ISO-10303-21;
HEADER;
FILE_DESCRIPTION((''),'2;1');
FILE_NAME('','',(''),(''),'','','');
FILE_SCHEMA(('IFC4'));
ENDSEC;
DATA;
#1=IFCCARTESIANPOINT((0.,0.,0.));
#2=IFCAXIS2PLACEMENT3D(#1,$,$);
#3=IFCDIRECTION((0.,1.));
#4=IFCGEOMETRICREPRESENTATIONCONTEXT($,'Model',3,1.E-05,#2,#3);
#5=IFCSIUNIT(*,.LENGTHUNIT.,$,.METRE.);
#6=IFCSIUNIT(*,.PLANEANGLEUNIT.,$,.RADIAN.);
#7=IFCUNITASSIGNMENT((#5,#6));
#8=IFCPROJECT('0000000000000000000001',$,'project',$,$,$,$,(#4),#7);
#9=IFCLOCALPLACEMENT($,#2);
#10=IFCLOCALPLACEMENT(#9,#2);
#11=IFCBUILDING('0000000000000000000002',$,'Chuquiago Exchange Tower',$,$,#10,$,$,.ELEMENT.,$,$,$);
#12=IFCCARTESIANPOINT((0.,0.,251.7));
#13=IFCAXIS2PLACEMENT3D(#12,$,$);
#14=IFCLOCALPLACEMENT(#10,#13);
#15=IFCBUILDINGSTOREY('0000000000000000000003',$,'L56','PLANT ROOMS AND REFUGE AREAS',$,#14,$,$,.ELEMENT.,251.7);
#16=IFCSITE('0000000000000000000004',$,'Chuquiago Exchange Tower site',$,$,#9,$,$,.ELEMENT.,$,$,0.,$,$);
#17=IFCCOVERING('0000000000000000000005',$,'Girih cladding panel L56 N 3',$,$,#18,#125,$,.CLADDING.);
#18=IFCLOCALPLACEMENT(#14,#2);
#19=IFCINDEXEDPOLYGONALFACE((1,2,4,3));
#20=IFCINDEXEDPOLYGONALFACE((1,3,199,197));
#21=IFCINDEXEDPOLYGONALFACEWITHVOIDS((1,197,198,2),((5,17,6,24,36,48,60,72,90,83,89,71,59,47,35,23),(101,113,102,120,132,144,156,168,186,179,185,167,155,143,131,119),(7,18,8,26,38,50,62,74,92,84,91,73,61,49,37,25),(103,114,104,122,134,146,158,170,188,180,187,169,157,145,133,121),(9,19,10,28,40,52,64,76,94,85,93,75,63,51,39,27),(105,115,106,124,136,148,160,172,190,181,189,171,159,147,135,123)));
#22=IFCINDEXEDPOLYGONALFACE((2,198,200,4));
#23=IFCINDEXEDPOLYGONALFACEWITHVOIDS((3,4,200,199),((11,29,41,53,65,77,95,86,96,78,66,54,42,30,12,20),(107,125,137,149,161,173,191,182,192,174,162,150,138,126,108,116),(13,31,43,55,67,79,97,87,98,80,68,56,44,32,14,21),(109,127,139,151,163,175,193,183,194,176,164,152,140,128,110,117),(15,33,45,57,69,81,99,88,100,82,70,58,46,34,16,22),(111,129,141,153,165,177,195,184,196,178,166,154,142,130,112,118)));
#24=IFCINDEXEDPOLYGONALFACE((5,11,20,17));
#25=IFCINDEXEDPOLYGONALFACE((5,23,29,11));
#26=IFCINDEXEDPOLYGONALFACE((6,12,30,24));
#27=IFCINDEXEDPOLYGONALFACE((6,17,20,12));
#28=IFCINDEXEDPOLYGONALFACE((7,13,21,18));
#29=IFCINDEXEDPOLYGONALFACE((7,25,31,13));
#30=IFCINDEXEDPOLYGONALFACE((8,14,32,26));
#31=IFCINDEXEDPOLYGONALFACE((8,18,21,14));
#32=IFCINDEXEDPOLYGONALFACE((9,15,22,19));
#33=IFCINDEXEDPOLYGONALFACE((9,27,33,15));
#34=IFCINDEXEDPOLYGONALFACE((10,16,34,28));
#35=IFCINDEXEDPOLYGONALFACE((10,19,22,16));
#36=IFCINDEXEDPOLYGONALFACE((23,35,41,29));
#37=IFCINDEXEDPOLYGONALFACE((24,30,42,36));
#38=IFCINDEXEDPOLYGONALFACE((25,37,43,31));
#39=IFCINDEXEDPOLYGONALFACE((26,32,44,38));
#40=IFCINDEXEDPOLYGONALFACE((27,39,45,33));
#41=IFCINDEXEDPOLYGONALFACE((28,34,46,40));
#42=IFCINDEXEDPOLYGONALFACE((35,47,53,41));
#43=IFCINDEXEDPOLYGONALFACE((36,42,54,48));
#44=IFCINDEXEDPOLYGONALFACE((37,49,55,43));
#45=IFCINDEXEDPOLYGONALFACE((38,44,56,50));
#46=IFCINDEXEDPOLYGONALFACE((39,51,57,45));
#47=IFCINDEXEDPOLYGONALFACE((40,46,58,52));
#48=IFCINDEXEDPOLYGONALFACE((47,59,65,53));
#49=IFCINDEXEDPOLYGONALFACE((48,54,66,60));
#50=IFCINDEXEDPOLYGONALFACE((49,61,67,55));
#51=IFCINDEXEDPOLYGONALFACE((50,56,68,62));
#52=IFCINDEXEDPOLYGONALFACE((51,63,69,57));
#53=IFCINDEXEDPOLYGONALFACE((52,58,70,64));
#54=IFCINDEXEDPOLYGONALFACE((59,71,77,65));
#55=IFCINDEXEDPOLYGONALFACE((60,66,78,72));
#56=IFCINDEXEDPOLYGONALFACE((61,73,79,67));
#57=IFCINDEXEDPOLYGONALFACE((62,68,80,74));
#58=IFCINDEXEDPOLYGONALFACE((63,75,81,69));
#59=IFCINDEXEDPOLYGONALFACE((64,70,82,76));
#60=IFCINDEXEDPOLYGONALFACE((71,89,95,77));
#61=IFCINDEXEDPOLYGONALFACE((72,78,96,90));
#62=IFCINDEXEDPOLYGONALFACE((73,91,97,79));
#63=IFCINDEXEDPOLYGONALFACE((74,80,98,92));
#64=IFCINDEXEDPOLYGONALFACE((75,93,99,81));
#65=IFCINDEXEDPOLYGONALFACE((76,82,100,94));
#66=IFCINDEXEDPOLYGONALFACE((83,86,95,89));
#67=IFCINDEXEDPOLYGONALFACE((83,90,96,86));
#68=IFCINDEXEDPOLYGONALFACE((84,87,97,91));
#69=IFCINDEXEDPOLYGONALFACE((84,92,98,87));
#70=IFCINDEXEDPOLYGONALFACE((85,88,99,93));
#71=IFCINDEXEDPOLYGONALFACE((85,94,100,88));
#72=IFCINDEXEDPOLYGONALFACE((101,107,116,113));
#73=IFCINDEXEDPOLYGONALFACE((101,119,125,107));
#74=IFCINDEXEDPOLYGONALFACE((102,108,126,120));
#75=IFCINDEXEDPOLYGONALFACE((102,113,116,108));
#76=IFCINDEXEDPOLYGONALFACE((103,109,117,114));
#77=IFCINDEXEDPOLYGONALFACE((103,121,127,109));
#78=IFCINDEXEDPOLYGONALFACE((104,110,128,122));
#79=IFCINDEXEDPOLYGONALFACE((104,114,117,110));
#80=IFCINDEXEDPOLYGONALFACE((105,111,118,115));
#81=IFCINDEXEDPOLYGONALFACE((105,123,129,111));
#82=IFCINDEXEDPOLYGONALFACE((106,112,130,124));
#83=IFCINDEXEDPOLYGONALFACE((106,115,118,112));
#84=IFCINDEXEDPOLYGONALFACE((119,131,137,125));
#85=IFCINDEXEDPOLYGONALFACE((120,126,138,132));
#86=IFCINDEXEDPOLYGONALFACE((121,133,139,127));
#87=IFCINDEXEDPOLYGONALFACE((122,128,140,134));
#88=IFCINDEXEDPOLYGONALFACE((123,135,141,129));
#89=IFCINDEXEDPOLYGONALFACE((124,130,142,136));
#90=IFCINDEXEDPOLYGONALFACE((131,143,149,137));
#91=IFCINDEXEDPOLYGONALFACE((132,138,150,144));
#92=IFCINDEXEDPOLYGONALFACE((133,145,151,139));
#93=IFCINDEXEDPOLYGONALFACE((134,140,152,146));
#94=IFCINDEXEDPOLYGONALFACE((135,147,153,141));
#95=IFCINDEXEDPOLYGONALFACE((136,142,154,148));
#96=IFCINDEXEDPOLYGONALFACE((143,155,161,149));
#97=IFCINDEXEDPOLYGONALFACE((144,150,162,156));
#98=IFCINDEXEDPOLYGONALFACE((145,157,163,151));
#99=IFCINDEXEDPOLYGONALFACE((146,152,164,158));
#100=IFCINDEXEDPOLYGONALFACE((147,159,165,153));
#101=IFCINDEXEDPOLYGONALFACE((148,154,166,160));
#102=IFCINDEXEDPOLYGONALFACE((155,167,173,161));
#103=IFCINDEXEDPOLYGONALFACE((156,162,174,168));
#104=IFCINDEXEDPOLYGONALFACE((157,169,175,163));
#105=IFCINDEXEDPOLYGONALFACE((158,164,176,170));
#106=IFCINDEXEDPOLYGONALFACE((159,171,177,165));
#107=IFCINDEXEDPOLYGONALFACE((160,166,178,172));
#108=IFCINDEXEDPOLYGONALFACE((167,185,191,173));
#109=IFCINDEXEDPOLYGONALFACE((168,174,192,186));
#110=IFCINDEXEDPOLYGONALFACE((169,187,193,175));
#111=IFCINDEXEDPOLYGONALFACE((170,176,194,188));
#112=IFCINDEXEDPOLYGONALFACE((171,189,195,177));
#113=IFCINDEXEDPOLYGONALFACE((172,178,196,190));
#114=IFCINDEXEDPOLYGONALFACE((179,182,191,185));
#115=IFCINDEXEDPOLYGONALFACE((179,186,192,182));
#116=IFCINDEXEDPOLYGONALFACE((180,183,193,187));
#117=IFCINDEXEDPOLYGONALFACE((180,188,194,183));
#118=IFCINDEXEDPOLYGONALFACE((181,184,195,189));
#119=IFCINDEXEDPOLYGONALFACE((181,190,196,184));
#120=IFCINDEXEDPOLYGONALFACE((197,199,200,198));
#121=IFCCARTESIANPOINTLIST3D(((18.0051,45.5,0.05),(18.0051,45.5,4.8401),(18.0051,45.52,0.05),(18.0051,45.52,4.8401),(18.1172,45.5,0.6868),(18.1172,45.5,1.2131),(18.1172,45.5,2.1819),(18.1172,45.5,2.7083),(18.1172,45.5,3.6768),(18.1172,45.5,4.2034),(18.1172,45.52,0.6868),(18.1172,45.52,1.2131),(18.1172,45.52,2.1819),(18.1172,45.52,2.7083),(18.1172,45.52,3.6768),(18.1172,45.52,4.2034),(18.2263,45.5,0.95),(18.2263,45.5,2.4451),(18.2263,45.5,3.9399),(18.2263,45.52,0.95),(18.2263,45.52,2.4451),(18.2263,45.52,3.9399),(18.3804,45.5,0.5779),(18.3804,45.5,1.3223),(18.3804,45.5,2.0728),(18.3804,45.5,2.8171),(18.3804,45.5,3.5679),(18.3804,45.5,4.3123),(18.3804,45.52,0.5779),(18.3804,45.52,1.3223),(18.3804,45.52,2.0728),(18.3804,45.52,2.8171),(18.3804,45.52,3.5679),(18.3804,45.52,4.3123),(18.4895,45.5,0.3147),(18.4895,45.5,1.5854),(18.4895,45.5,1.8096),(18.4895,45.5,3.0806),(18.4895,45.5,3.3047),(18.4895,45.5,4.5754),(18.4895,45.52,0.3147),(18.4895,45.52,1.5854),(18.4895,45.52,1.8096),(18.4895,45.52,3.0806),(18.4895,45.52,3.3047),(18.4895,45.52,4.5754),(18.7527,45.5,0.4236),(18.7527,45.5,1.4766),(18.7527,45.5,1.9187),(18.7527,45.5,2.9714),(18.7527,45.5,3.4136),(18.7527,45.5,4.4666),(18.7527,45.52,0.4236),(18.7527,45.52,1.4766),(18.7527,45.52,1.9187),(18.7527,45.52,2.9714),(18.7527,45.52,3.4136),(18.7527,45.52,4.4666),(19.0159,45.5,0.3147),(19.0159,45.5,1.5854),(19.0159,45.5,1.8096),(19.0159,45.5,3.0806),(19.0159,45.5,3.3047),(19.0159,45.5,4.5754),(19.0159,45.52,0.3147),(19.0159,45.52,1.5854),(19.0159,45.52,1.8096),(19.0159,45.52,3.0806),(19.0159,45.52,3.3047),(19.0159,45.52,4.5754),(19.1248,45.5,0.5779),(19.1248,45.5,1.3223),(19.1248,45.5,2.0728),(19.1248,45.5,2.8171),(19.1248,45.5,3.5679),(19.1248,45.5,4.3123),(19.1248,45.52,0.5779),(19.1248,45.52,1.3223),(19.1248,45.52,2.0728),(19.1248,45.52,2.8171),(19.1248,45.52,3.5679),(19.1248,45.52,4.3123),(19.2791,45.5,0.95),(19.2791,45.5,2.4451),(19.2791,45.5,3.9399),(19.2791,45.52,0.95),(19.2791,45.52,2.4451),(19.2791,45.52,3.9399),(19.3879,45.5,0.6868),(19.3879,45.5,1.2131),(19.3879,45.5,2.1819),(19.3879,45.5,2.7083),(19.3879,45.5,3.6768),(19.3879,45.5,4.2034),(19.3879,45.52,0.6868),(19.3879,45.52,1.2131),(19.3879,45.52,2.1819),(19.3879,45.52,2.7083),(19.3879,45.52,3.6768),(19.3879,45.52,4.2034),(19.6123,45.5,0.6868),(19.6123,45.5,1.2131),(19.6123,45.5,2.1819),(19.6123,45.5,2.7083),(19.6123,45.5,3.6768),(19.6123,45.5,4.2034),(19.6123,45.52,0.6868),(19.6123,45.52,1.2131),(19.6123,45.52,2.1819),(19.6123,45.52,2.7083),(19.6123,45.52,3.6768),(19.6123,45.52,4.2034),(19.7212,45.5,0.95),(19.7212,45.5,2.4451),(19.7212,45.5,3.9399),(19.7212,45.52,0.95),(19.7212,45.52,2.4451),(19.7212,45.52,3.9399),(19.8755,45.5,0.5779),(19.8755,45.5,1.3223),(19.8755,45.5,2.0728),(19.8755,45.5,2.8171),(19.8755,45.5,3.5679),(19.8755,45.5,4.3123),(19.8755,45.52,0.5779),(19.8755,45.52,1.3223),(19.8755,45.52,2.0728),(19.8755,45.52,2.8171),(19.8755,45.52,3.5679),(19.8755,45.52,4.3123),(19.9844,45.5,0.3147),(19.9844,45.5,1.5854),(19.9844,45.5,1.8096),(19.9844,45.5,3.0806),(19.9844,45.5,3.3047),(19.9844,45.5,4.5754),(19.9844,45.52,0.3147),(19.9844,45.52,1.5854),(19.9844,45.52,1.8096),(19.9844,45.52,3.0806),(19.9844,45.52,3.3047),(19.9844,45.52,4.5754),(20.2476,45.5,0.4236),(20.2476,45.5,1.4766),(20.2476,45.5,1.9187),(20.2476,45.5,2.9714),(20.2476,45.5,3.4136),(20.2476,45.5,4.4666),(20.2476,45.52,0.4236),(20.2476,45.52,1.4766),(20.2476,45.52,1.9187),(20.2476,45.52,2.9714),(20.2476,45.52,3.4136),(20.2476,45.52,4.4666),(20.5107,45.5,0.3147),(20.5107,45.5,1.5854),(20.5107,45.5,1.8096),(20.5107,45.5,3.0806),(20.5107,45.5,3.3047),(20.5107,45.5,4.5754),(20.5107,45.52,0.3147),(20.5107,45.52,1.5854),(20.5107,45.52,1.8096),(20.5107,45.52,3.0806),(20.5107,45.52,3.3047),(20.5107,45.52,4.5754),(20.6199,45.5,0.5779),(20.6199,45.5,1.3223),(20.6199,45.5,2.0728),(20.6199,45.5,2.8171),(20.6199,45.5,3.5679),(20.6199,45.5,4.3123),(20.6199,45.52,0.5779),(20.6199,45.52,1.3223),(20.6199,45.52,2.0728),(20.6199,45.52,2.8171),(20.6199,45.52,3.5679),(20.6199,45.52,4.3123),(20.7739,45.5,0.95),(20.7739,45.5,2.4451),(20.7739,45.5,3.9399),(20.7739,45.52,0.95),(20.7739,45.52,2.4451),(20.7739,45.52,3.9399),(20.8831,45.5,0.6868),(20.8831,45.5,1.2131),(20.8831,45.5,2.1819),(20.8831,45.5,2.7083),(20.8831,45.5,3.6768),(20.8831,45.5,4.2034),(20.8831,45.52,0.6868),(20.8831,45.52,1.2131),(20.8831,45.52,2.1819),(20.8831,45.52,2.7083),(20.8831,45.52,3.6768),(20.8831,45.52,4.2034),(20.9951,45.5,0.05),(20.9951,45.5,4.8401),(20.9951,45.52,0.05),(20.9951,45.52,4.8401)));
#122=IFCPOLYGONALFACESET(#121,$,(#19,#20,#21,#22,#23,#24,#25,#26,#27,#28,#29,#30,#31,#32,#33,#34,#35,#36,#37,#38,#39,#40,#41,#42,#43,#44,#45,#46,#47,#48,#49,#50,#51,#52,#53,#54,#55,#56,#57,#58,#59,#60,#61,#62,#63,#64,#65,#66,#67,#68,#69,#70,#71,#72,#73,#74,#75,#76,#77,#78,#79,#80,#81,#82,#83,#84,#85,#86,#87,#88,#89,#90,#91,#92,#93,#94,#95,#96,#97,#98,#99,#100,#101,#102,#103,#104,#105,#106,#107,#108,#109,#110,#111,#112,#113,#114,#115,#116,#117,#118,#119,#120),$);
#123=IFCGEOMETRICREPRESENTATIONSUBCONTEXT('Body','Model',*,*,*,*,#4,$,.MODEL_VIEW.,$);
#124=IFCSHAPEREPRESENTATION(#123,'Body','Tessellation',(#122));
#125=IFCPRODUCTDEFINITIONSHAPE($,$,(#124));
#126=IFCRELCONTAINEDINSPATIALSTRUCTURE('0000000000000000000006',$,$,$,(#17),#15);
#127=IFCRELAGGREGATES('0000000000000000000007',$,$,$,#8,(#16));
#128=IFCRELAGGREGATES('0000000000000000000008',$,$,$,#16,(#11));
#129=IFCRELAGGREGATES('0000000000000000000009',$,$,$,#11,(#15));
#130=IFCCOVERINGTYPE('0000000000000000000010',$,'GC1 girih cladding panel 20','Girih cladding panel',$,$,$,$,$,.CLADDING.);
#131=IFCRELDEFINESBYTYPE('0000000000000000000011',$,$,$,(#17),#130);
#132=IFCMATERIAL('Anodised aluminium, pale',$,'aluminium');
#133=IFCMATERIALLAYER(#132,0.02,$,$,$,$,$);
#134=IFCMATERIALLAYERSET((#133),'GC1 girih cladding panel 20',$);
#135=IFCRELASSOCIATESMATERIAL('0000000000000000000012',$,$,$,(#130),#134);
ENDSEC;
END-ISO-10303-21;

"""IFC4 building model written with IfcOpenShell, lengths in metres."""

from ifc_helpers import new_model, si_unit, direction, frame, origin, place, context, subcontext, project, spatial, polyline, outline, extrude, material, layer, layer_set, type_object, element, save


model = new_model("IFC4")

# Units and contexts
model_context = context("Model", 3, precision=1e-05, world=origin(), true_north=direction((0.0, 1.0)))
body_context = subcontext(model_context, "Body", "Model", "MODEL_VIEW")
ifc_project = project(units=[si_unit("LENGTHUNIT", "METRE"), si_unit("PLANEANGLEUNIT", "RADIAN")], contexts=[model_context])

# Site, building, storey
site_placement = place(None, origin())
site = spatial("IfcSite", under=ifc_project, at=site_placement, Name="Chuquiago Exchange Tower site", CompositionType="ELEMENT", RefElevation=0.0)
building_placement = place(site_placement, origin())
building = spatial("IfcBuilding", under=site, at=building_placement, Name="Chuquiago Exchange Tower", CompositionType="ELEMENT")
storey_placement = place(building_placement, frame((0.0, 0.0, 251.7)))
storey = spatial("IfcBuildingStorey", under=building, at=storey_placement, Name="L56", Description="PLANT ROOMS AND REFUGE AREAS", CompositionType="ELEMENT", Elevation=251.7)

# Covering
ifc_material_1 = material(Name="Anodised aluminium, pale", Category="aluminium")
ifc_layer_1 = layer(ifc_material_1, 0.02)
ifc_layer_set_1 = layer_set([ifc_layer_1], Name="GC1 girih cladding panel 20")
covering_type_1 = type_object("IfcCoveringType", Name="GC1 girih cladding panel 20", Description="Girih cladding panel", PredefinedType="CLADDING", material=ifc_layer_set_1)
covering_1_placement = place(storey_placement, frame((20.9951, 45.5, 0.05), z_axis=(0.0, 0.0, 1.0), x_axis=(-1.0, 0.0, 0.0)))
element("IfcCovering", 1, at=covering_1_placement, inside=storey, type_object=covering_type_1, Name="Girih cladding panel L56 N 3", PredefinedType="CLADDING", context=body_context, shape_type="SweptSolid", body=[
    extrude(outline(polyline([(0.0, 0.0), (2.99, 0.0), (2.99, 4.79), (0.0, 4.79), (0.0, 0.0)]), holes=[polyline([(1.2739, 0.8999), (1.3828, 1.1631), (1.1196, 1.2722), (1.0107, 1.5354), (0.7476, 1.4265), (0.4844, 1.5354), (0.3752, 1.2722), (0.1121, 1.1631), (0.2212, 0.8999), (0.1121, 0.6367), (0.3752, 0.5278), (0.4844, 0.2646), (0.7476, 0.3735), (1.0107, 0.2646), (1.1196, 0.5278), (1.3828, 0.6367), (1.2739, 0.8999)]), polyline([(2.7688, 0.8999), (2.8779, 1.1631), (2.6147, 1.2722), (2.5056, 1.5354), (2.2424, 1.4265), (1.9792, 1.5354), (1.8704, 1.2722), (1.6072, 1.1631), (1.7161, 0.8999), (1.6072, 0.6367), (1.8704, 0.5278), (1.9792, 0.2646), (2.2424, 0.3735), (2.5056, 0.2646), (2.6147, 0.5278), (2.8779, 0.6367), (2.7688, 0.8999)]), polyline([(1.2739, 2.395), (1.3828, 2.6582), (1.1196, 2.7671), (1.0107, 3.0305), (0.7476, 2.9214), (0.4844, 3.0305), (0.3752, 2.7671), (0.1121, 2.6582), (0.2212, 2.395), (0.1121, 2.1318), (0.3752, 2.0227), (0.4844, 1.7595), (0.7476, 1.8687), (1.0107, 1.7595), (1.1196, 2.0227), (1.3828, 2.1318), (1.2739, 2.395)]), polyline([(2.7688, 2.395), (2.8779, 2.6582), (2.6147, 2.7671), (2.5056, 3.0305), (2.2424, 2.9214), (1.9792, 3.0305), (1.8704, 2.7671), (1.6072, 2.6582), (1.7161, 2.395), (1.6072, 2.1318), (1.8704, 2.0227), (1.9792, 1.7595), (2.2424, 1.8687), (2.5056, 1.7595), (2.6147, 2.0227), (2.8779, 2.1318), (2.7688, 2.395)]), polyline([(1.2739, 3.8899), (1.3828, 4.1533), (1.1196, 4.2622), (1.0107, 4.5254), (0.7476, 4.4165), (0.4844, 4.5254), (0.3752, 4.2622), (0.1121, 4.1533), (0.2212, 3.8899), (0.1121, 3.6267), (0.3752, 3.5178), (0.4844, 3.2546), (0.7476, 3.3635), (1.0107, 3.2546), (1.1196, 3.5178), (1.3828, 3.6267), (1.2739, 3.8899)]), polyline([(2.7688, 3.8899), (2.8779, 4.1533), (2.6147, 4.2622), (2.5056, 4.5254), (2.2424, 4.4165), (1.9792, 4.5254), (1.8704, 4.2622), (1.6072, 4.1533), (1.7161, 3.8899), (1.6072, 3.6267), (1.8704, 3.5178), (1.9792, 3.2546), (2.2424, 3.3635), (2.5056, 3.2546), (2.6147, 3.5178), (2.8779, 3.6267), (2.7688, 3.8899)])]), frame((0.0, 0.0, 0.0), z_axis=(0.0, -1.0, 0.0), x_axis=(1.0, 0.0, 0.0)), (0.0, 0.0, 1.0), 0.02),
])

save(model, "model.ifc")
